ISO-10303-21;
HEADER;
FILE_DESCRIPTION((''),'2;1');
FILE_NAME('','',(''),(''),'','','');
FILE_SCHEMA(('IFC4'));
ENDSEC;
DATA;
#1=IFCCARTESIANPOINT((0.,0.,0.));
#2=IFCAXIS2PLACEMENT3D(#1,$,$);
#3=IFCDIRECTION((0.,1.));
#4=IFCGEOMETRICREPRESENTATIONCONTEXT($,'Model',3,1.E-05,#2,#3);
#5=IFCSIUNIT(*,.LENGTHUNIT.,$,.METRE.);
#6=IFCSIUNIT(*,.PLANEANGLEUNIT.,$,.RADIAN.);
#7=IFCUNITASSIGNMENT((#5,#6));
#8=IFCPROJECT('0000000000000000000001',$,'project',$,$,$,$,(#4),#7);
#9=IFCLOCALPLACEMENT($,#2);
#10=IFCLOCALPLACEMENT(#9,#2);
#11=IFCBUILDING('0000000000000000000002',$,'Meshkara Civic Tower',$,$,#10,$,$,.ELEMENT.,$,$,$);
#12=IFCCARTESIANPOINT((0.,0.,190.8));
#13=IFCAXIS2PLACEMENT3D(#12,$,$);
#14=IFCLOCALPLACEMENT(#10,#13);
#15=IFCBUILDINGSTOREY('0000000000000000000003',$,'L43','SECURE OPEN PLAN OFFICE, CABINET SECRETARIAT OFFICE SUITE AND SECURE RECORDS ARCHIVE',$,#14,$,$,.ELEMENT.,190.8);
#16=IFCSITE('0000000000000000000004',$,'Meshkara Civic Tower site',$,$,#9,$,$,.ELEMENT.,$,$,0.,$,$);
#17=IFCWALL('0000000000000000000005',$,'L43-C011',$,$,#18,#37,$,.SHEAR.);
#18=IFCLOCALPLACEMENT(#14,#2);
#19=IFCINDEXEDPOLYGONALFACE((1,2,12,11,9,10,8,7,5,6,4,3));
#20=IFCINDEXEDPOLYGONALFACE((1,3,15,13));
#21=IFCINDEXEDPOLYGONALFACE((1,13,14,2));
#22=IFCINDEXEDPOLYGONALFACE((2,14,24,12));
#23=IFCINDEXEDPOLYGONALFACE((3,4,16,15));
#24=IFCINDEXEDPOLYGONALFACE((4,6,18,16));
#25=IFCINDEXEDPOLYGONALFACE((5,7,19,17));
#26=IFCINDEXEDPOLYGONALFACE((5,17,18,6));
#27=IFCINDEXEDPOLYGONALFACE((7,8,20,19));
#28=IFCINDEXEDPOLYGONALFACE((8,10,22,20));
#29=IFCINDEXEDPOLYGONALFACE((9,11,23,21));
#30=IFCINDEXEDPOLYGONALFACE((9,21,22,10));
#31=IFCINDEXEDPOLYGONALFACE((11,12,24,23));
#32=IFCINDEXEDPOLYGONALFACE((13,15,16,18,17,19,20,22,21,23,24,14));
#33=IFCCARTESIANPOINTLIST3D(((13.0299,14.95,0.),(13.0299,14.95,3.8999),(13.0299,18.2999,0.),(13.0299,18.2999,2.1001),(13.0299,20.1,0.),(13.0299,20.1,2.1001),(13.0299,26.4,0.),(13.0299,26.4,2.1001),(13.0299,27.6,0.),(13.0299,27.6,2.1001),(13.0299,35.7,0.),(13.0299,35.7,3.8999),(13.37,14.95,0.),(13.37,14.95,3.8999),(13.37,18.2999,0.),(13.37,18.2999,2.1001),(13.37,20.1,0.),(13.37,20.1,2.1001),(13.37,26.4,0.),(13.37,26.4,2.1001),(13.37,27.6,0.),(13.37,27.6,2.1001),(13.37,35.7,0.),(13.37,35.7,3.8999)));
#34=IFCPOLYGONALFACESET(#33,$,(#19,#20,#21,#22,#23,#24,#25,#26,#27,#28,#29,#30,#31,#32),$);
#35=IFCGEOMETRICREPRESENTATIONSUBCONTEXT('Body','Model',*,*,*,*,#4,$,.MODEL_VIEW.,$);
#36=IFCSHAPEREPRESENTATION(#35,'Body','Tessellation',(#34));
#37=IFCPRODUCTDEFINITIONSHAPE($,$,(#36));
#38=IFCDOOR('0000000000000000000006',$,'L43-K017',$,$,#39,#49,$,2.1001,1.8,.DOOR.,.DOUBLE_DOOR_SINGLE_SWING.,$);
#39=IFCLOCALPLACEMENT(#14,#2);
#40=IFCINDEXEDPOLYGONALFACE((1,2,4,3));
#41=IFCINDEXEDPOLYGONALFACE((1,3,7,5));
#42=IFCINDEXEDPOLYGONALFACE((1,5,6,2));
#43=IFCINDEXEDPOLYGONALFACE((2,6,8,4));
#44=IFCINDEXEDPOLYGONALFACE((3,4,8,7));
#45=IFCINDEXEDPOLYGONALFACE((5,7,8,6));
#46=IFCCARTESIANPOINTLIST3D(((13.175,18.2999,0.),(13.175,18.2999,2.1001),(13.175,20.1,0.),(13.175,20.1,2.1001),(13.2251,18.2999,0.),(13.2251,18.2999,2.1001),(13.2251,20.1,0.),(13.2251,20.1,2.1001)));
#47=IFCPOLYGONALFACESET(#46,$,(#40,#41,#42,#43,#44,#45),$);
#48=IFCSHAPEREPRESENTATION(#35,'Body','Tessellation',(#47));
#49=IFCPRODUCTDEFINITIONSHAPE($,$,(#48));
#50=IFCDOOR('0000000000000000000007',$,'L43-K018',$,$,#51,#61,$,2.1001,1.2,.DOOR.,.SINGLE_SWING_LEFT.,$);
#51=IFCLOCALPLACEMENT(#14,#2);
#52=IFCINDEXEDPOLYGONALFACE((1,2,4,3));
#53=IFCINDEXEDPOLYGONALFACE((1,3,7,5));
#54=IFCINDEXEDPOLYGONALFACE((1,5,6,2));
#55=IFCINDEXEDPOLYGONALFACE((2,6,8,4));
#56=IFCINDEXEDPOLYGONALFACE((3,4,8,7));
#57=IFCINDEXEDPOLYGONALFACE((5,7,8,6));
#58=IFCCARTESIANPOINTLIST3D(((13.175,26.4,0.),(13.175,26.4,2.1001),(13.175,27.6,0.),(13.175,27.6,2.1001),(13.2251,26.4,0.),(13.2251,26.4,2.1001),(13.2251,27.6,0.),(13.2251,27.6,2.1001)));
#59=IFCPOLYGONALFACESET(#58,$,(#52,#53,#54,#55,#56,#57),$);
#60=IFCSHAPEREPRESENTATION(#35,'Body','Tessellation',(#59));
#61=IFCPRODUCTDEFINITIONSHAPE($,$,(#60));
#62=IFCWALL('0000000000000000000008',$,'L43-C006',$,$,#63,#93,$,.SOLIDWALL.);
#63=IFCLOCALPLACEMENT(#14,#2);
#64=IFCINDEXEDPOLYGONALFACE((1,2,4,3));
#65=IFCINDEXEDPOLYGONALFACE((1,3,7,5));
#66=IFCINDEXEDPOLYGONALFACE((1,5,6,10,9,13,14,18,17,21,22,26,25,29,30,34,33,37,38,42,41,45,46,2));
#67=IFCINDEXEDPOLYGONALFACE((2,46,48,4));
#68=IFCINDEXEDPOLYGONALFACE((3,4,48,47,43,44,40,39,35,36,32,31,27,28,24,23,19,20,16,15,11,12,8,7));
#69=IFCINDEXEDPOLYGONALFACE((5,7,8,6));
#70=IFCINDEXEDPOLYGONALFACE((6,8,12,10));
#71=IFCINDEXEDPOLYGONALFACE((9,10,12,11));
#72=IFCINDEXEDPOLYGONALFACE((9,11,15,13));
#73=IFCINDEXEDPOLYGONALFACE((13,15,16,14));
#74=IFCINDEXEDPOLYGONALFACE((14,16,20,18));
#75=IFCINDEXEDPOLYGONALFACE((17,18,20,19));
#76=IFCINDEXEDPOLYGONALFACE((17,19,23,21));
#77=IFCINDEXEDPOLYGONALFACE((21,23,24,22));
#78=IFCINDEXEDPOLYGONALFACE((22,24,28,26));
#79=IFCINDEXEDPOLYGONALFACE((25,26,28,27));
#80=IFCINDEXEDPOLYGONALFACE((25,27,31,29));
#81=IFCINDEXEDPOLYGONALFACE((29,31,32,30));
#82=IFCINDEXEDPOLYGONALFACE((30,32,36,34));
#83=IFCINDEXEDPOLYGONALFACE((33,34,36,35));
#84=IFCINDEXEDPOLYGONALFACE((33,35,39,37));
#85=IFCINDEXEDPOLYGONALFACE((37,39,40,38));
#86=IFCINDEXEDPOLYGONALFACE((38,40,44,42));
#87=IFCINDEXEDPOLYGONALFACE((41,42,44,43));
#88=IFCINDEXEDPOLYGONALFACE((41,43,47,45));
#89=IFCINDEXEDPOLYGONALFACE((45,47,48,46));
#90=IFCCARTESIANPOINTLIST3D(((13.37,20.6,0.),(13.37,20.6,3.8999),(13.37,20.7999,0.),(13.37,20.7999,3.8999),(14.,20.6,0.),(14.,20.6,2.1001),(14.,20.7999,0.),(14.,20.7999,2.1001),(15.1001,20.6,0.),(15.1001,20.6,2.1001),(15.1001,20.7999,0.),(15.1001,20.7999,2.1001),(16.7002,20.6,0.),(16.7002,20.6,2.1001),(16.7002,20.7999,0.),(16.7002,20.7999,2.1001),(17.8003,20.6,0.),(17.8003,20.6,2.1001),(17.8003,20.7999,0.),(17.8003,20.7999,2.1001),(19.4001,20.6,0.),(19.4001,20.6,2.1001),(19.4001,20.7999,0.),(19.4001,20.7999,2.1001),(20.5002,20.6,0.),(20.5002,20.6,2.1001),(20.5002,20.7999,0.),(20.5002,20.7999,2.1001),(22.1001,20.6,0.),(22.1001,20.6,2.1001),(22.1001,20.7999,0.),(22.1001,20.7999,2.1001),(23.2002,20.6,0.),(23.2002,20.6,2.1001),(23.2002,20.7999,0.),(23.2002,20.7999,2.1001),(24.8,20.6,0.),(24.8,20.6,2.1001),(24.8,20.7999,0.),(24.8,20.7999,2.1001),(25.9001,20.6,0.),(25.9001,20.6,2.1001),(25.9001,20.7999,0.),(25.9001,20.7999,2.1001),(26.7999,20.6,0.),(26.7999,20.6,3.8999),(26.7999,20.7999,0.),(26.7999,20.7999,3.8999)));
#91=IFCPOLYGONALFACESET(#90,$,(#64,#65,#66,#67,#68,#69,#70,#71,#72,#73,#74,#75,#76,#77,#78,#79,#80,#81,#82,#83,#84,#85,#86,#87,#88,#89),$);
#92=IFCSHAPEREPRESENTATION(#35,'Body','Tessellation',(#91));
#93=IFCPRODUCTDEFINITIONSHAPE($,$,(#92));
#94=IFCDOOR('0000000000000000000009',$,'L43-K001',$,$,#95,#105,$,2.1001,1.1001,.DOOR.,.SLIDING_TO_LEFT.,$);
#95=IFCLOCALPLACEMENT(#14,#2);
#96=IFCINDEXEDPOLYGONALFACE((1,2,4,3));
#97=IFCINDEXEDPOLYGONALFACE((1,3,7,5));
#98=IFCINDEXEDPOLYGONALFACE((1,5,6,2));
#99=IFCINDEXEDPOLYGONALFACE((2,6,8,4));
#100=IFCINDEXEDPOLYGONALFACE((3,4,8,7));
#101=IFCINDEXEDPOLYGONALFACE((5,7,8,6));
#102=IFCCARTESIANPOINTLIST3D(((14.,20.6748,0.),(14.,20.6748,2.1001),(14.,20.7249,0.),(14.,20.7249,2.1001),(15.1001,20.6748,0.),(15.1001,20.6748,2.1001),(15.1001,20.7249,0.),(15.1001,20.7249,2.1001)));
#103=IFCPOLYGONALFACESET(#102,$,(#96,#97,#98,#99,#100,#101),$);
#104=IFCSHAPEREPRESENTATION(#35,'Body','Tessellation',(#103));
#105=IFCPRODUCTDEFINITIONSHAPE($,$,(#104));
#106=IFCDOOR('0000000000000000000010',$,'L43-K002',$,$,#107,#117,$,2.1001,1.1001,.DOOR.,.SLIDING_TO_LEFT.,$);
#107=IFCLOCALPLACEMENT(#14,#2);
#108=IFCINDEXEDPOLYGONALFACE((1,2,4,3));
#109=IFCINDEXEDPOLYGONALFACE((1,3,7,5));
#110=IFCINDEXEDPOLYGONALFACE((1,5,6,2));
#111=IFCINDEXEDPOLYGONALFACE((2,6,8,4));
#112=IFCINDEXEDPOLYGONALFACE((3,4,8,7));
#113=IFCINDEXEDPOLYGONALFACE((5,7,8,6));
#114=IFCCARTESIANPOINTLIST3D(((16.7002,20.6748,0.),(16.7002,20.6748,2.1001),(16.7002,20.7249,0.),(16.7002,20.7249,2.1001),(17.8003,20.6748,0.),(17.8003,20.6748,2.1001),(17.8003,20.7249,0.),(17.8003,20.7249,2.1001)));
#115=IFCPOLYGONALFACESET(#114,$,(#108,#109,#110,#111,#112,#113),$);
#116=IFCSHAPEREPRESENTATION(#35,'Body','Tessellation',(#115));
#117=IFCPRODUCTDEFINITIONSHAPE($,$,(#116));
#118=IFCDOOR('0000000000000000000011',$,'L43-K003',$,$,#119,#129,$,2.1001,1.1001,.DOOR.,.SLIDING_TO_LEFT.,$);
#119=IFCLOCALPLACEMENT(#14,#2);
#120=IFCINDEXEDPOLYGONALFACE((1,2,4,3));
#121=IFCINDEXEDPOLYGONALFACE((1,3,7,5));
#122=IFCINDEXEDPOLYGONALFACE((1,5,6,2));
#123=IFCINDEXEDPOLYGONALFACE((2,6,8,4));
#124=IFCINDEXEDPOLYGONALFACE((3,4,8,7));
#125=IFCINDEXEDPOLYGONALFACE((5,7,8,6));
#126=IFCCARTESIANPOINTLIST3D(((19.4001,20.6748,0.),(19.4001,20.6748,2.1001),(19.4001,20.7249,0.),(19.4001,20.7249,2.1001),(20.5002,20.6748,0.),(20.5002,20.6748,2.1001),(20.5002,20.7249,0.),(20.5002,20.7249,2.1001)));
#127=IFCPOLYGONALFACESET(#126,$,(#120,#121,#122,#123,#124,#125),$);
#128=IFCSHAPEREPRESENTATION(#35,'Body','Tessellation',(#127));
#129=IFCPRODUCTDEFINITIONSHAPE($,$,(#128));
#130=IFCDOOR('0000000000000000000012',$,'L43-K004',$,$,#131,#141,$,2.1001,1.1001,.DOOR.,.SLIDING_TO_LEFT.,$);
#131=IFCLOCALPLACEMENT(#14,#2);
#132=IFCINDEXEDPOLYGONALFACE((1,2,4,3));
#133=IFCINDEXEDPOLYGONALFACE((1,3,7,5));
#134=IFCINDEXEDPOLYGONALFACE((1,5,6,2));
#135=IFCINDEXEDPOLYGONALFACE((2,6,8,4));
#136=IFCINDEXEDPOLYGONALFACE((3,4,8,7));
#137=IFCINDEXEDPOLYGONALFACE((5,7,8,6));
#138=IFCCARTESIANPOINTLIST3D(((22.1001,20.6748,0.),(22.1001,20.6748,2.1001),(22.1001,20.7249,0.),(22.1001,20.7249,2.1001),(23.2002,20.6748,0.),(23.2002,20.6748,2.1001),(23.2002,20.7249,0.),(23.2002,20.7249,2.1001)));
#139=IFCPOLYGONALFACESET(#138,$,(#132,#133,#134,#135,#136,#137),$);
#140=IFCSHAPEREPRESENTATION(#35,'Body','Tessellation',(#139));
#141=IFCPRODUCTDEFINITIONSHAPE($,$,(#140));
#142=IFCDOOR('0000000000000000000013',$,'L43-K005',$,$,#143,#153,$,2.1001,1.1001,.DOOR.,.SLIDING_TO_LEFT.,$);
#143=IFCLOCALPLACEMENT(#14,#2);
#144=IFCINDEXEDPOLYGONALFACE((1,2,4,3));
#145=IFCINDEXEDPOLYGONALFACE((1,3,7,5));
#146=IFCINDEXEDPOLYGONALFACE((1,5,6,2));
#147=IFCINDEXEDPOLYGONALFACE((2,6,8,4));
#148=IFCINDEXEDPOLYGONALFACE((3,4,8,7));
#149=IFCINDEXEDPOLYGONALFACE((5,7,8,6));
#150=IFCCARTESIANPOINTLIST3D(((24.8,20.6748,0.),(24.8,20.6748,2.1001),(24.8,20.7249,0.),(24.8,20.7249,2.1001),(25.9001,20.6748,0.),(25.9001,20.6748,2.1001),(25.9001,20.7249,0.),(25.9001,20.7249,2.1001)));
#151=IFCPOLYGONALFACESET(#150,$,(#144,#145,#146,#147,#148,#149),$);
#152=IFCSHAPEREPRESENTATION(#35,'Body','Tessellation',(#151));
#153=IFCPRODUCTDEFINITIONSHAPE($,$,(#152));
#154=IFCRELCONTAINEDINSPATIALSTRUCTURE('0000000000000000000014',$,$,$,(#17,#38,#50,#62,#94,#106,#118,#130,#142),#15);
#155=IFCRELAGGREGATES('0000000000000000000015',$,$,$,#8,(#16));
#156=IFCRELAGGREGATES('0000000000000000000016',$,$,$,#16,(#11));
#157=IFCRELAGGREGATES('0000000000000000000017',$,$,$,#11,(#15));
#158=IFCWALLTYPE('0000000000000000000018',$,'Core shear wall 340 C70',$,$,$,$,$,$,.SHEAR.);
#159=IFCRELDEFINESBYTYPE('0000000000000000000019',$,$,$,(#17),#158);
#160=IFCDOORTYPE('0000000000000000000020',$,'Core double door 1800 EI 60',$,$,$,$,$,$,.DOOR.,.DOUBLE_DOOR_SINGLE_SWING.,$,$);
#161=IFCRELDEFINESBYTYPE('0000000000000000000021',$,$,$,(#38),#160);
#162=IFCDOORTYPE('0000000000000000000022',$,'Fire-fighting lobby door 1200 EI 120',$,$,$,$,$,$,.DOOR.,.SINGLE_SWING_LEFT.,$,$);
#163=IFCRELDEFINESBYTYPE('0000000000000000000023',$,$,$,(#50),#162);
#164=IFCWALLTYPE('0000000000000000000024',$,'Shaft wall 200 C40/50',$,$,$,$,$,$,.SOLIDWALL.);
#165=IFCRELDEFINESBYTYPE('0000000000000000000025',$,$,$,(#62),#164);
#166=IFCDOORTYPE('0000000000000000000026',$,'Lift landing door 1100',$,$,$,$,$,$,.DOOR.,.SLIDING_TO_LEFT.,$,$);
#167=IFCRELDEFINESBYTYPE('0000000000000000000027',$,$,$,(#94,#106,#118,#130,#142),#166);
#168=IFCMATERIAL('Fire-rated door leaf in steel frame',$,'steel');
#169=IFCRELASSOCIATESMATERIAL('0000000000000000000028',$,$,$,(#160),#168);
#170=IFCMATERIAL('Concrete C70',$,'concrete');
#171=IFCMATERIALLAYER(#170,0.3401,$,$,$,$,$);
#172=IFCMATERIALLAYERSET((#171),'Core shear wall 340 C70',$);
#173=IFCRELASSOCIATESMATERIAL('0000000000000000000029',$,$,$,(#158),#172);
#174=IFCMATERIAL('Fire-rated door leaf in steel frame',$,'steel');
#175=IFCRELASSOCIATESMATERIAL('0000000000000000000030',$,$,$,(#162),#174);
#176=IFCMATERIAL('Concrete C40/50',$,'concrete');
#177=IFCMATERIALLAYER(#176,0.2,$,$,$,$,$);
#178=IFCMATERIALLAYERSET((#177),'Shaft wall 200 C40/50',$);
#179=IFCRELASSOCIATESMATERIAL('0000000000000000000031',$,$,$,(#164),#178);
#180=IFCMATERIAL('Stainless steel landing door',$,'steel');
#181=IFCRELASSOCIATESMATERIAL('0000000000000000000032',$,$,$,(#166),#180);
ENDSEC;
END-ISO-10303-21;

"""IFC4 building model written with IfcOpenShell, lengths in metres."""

from ifc_helpers import new_model, si_unit, direction, frame, frame_2d, origin, place, context, subcontext, project, spatial, rectangle, extrude, material, layer, layer_set, type_object, element, fill, save


model = new_model("IFC4")

# Units and contexts
model_context = context("Model", 3, precision=1e-05, world=origin(), true_north=direction((0.0, 1.0)))
body_context = subcontext(model_context, "Body", "Model", "MODEL_VIEW")
ifc_project = project(units=[si_unit("LENGTHUNIT", "METRE"), si_unit("PLANEANGLEUNIT", "RADIAN")], contexts=[model_context])

# Site, building, storey
site_placement = place(None, origin())
site = spatial("IfcSite", under=ifc_project, at=site_placement, Name="Meshkara Civic Tower site", CompositionType="ELEMENT", RefElevation=0.0)
building_placement = place(site_placement, origin())
building = spatial("IfcBuilding", under=site, at=building_placement, Name="Meshkara Civic Tower", CompositionType="ELEMENT")
storey_placement = place(building_placement, frame((0.0, 0.0, 190.8)))
storey = spatial("IfcBuildingStorey", under=building, at=storey_placement, Name="L43", Description="SECURE OPEN PLAN OFFICE, CABINET SECRETARIAT OFFICE SUITE AND SECURE RECORDS ARCHIVE", CompositionType="ELEMENT", Elevation=190.8)

# Shared definitions
ifc_material_1 = material(Name="Fire-rated door leaf in steel frame", Category="steel")
door_type_1 = type_object("IfcDoorType", Name="Core double door 1800 EI 60", OperationType="DOUBLE_DOOR_SINGLE_SWING", PredefinedType="DOOR", material=ifc_material_1)

# Shared definitions
ifc_material_2 = material(Name="Concrete C70", Category="concrete")
ifc_layer_1 = layer(ifc_material_2, 0.3401)
ifc_layer_set_1 = layer_set([ifc_layer_1], Name="Core shear wall 340 C70")
wall_type_1 = type_object("IfcWallType", Name="Core shear wall 340 C70", PredefinedType="SHEAR", material=ifc_layer_set_1)

# Wall, openings, doors
wall_1_placement = place(storey_placement, frame((13.2, 14.95, 0.0), z_axis=(0.0, 0.0, 1.0), x_axis=(0.0, 1.0, 0.0)))
wall_1 = element("IfcWall", 1, at=wall_1_placement, inside=storey, type_object=wall_type_1, Name="L43-C011", PredefinedType="SHEAR", context=body_context, shape_type="SweptSolid", body=[
    extrude(rectangle(XDim=20.75, YDim=0.3401, at=frame_2d((10.375, 0.0))), origin(), (0.0, 0.0, 1.0), 3.8999),
])
opening_1_placement = place(wall_1_placement, frame((3.3501, 0.0, 0.0)))
opening_1 = element("IfcOpeningElement", 2, at=opening_1_placement, cuts=wall_1, PredefinedType="OPENING", context=body_context, shape_type="SweptSolid", body=[
    extrude(rectangle(XDim=1.8, YDim=2.1001, at=frame_2d((0.8999, 1.05))), frame((0.0, 0.1799, 0.0), z_axis=(0.0, -1.0, 0.0), x_axis=(1.0, 0.0, 0.0)), (0.0, 0.0, 1.0), 0.3601),
])
opening_2_placement = place(wall_1_placement, frame((11.45, 0.0, 0.0)))
opening_2 = element("IfcOpeningElement", 3, at=opening_2_placement, cuts=wall_1, PredefinedType="OPENING", context=body_context, shape_type="SweptSolid", body=[
    extrude(rectangle(XDim=1.2, YDim=2.1001, at=frame_2d((0.6001, 1.05))), frame((0.0, 0.1799, 0.0), z_axis=(0.0, -1.0, 0.0), x_axis=(1.0, 0.0, 0.0)), (0.0, 0.0, 1.0), 0.3601),
])
door_1_placement = place(opening_1_placement, origin())
door_1 = element("IfcDoor", 4, at=door_1_placement, inside=storey, type_object=door_type_1, Name="L43-K017", OperationType="DOUBLE_DOOR_SINGLE_SWING", OverallHeight=2.1001, OverallWidth=1.8, PredefinedType="DOOR", context=body_context, shape_type="SweptSolid", body=[
    extrude(rectangle(XDim=1.8, YDim=2.1001, at=frame_2d((0.8999, 1.05))), frame((0.0, 0.0249, 0.0), z_axis=(0.0, -1.0, 0.0), x_axis=(1.0, 0.0, 0.0)), (0.0, 0.0, 1.0), 0.05),
])
fill(opening_1, door_1)
ifc_material_3 = material(Name="Fire-rated door leaf in steel frame", Category="steel")
door_type_2 = type_object("IfcDoorType", Name="Fire-fighting lobby door 1200 EI 120", OperationType="SINGLE_SWING_LEFT", PredefinedType="DOOR", material=ifc_material_3)
door_2_placement = place(opening_2_placement, origin())
door_2 = element("IfcDoor", 5, at=door_2_placement, inside=storey, type_object=door_type_2, Name="L43-K018", OperationType="SINGLE_SWING_LEFT", OverallHeight=2.1001, OverallWidth=1.2, PredefinedType="DOOR", context=body_context, shape_type="SweptSolid", body=[
    extrude(rectangle(XDim=1.2, YDim=2.1001, at=frame_2d((0.6001, 1.05))), frame((0.0, 0.0249, 0.0), z_axis=(0.0, -1.0, 0.0), x_axis=(1.0, 0.0, 0.0)), (0.0, 0.0, 1.0), 0.05),
])
fill(opening_2, door_2)

# Wall, openings, doors
ifc_material_4 = material(Name="Concrete C40/50", Category="concrete")
ifc_layer_2 = layer(ifc_material_4, 0.2)
ifc_layer_set_2 = layer_set([ifc_layer_2], Name="Shaft wall 200 C40/50")
wall_type_2 = type_object("IfcWallType", Name="Shaft wall 200 C40/50", PredefinedType="SOLIDWALL", material=ifc_layer_set_2)
wall_2_placement = place(storey_placement, frame((13.3701, 20.7, 0.0), z_axis=(0.0, 0.0, 1.0), x_axis=(1.0, 0.0, 0.0)))
wall_2 = element("IfcWall", 6, at=wall_2_placement, inside=storey, type_object=wall_type_2, Name="L43-C006", PredefinedType="SOLIDWALL", context=body_context, shape_type="SweptSolid", body=[
    extrude(rectangle(XDim=13.4299, YDim=0.2, at=frame_2d((6.7148, 0.0))), origin(), (0.0, 0.0, 1.0), 3.8999),
])
opening_3_placement = place(wall_2_placement, frame((0.6299, 0.0, 0.0)))
opening_3 = element("IfcOpeningElement", 7, at=opening_3_placement, cuts=wall_2, PredefinedType="OPENING", context=body_context, shape_type="SweptSolid", body=[
    extrude(rectangle(XDim=1.1001, YDim=2.1001, at=frame_2d((0.55, 1.05))), frame((0.0, 0.1099, 0.0), z_axis=(0.0, -1.0, 0.0), x_axis=(1.0, 0.0, 0.0)), (0.0, 0.0, 1.0), 0.22),
])
opening_4_placement = place(wall_2_placement, frame((3.3301, 0.0, 0.0)))
opening_4 = element("IfcOpeningElement", 8, at=opening_4_placement, cuts=wall_2, PredefinedType="OPENING", context=body_context, shape_type="SweptSolid", body=[
    extrude(rectangle(XDim=1.1001, YDim=2.1001, at=frame_2d((0.55, 1.05))), frame((0.0, 0.1099, 0.0), z_axis=(0.0, -1.0, 0.0), x_axis=(1.0, 0.0, 0.0)), (0.0, 0.0, 1.0), 0.22),
])
opening_5_placement = place(wall_2_placement, frame((6.03, 0.0, 0.0)))
opening_5 = element("IfcOpeningElement", 9, at=opening_5_placement, cuts=wall_2, PredefinedType="OPENING", context=body_context, shape_type="SweptSolid", body=[
    extrude(rectangle(XDim=1.1001, YDim=2.1001, at=frame_2d((0.55, 1.05))), frame((0.0, 0.1099, 0.0), z_axis=(0.0, -1.0, 0.0), x_axis=(1.0, 0.0, 0.0)), (0.0, 0.0, 1.0), 0.22),
])
opening_6_placement = place(wall_2_placement, frame((8.73, 0.0, 0.0)))
opening_6 = element("IfcOpeningElement", 10, at=opening_6_placement, cuts=wall_2, PredefinedType="OPENING", context=body_context, shape_type="SweptSolid", body=[
    extrude(rectangle(XDim=1.1001, YDim=2.1001, at=frame_2d((0.55, 1.05))), frame((0.0, 0.1099, 0.0), z_axis=(0.0, -1.0, 0.0), x_axis=(1.0, 0.0, 0.0)), (0.0, 0.0, 1.0), 0.22),
])
opening_7_placement = place(wall_2_placement, frame((11.4299, 0.0, 0.0)))
opening_7 = element("IfcOpeningElement", 11, at=opening_7_placement, cuts=wall_2, PredefinedType="OPENING", context=body_context, shape_type="SweptSolid", body=[
    extrude(rectangle(XDim=1.1001, YDim=2.1001, at=frame_2d((0.55, 1.05))), frame((0.0, 0.1099, 0.0), z_axis=(0.0, -1.0, 0.0), x_axis=(1.0, 0.0, 0.0)), (0.0, 0.0, 1.0), 0.22),
])
ifc_material_5 = material(Name="Stainless steel landing door", Category="steel")
door_type_3 = type_object("IfcDoorType", Name="Lift landing door 1100", OperationType="SLIDING_TO_LEFT", PredefinedType="DOOR", material=ifc_material_5)
door_3_placement = place(opening_3_placement, origin())
door_3 = element("IfcDoor", 12, at=door_3_placement, inside=storey, type_object=door_type_3, Name="L43-K001", OperationType="SLIDING_TO_LEFT", OverallHeight=2.1001, OverallWidth=1.1001, PredefinedType="DOOR", context=body_context, shape_type="SweptSolid", body=[
    extrude(rectangle(XDim=1.1001, YDim=2.1001, at=frame_2d((0.55, 1.05))), frame((0.0, 0.0249, 0.0), z_axis=(0.0, -1.0, 0.0), x_axis=(1.0, 0.0, 0.0)), (0.0, 0.0, 1.0), 0.05),
])
fill(opening_3, door_3)
door_4_placement = place(opening_4_placement, origin())
door_4 = element("IfcDoor", 13, at=door_4_placement, inside=storey, type_object=door_type_3, Name="L43-K002", OperationType="SLIDING_TO_LEFT", OverallHeight=2.1001, OverallWidth=1.1001, PredefinedType="DOOR", context=body_context, shape_type="SweptSolid", body=[
    extrude(rectangle(XDim=1.1001, YDim=2.1001, at=frame_2d((0.55, 1.05))), frame((0.0, 0.0249, 0.0), z_axis=(0.0, -1.0, 0.0), x_axis=(1.0, 0.0, 0.0)), (0.0, 0.0, 1.0), 0.05),
])
fill(opening_4, door_4)
door_5_placement = place(opening_5_placement, origin())
door_5 = element("IfcDoor", 14, at=door_5_placement, inside=storey, type_object=door_type_3, Name="L43-K003", OperationType="SLIDING_TO_LEFT", OverallHeight=2.1001, OverallWidth=1.1001, PredefinedType="DOOR", context=body_context, shape_type="SweptSolid", body=[
    extrude(rectangle(XDim=1.1001, YDim=2.1001, at=frame_2d((0.55, 1.05))), frame((0.0, 0.0249, 0.0), z_axis=(0.0, -1.0, 0.0), x_axis=(1.0, 0.0, 0.0)), (0.0, 0.0, 1.0), 0.05),
])
fill(opening_5, door_5)
door_6_placement = place(opening_6_placement, origin())
door_6 = element("IfcDoor", 15, at=door_6_placement, inside=storey, type_object=door_type_3, Name="L43-K004", OperationType="SLIDING_TO_LEFT", OverallHeight=2.1001, OverallWidth=1.1001, PredefinedType="DOOR", context=body_context, shape_type="SweptSolid", body=[
    extrude(rectangle(XDim=1.1001, YDim=2.1001, at=frame_2d((0.55, 1.05))), frame((0.0, 0.0249, 0.0), z_axis=(0.0, -1.0, 0.0), x_axis=(1.0, 0.0, 0.0)), (0.0, 0.0, 1.0), 0.05),
])
fill(opening_6, door_6)
door_7_placement = place(opening_7_placement, origin())
door_7 = element("IfcDoor", 16, at=door_7_placement, inside=storey, type_object=door_type_3, Name="L43-K005", OperationType="SLIDING_TO_LEFT", OverallHeight=2.1001, OverallWidth=1.1001, PredefinedType="DOOR", context=body_context, shape_type="SweptSolid", body=[
    extrude(rectangle(XDim=1.1001, YDim=2.1001, at=frame_2d((0.55, 1.05))), frame((0.0, 0.0249, 0.0), z_axis=(0.0, -1.0, 0.0), x_axis=(1.0, 0.0, 0.0)), (0.0, 0.0, 1.0), 0.05),
])
fill(opening_7, door_7)

save(model, "model.ifc")
